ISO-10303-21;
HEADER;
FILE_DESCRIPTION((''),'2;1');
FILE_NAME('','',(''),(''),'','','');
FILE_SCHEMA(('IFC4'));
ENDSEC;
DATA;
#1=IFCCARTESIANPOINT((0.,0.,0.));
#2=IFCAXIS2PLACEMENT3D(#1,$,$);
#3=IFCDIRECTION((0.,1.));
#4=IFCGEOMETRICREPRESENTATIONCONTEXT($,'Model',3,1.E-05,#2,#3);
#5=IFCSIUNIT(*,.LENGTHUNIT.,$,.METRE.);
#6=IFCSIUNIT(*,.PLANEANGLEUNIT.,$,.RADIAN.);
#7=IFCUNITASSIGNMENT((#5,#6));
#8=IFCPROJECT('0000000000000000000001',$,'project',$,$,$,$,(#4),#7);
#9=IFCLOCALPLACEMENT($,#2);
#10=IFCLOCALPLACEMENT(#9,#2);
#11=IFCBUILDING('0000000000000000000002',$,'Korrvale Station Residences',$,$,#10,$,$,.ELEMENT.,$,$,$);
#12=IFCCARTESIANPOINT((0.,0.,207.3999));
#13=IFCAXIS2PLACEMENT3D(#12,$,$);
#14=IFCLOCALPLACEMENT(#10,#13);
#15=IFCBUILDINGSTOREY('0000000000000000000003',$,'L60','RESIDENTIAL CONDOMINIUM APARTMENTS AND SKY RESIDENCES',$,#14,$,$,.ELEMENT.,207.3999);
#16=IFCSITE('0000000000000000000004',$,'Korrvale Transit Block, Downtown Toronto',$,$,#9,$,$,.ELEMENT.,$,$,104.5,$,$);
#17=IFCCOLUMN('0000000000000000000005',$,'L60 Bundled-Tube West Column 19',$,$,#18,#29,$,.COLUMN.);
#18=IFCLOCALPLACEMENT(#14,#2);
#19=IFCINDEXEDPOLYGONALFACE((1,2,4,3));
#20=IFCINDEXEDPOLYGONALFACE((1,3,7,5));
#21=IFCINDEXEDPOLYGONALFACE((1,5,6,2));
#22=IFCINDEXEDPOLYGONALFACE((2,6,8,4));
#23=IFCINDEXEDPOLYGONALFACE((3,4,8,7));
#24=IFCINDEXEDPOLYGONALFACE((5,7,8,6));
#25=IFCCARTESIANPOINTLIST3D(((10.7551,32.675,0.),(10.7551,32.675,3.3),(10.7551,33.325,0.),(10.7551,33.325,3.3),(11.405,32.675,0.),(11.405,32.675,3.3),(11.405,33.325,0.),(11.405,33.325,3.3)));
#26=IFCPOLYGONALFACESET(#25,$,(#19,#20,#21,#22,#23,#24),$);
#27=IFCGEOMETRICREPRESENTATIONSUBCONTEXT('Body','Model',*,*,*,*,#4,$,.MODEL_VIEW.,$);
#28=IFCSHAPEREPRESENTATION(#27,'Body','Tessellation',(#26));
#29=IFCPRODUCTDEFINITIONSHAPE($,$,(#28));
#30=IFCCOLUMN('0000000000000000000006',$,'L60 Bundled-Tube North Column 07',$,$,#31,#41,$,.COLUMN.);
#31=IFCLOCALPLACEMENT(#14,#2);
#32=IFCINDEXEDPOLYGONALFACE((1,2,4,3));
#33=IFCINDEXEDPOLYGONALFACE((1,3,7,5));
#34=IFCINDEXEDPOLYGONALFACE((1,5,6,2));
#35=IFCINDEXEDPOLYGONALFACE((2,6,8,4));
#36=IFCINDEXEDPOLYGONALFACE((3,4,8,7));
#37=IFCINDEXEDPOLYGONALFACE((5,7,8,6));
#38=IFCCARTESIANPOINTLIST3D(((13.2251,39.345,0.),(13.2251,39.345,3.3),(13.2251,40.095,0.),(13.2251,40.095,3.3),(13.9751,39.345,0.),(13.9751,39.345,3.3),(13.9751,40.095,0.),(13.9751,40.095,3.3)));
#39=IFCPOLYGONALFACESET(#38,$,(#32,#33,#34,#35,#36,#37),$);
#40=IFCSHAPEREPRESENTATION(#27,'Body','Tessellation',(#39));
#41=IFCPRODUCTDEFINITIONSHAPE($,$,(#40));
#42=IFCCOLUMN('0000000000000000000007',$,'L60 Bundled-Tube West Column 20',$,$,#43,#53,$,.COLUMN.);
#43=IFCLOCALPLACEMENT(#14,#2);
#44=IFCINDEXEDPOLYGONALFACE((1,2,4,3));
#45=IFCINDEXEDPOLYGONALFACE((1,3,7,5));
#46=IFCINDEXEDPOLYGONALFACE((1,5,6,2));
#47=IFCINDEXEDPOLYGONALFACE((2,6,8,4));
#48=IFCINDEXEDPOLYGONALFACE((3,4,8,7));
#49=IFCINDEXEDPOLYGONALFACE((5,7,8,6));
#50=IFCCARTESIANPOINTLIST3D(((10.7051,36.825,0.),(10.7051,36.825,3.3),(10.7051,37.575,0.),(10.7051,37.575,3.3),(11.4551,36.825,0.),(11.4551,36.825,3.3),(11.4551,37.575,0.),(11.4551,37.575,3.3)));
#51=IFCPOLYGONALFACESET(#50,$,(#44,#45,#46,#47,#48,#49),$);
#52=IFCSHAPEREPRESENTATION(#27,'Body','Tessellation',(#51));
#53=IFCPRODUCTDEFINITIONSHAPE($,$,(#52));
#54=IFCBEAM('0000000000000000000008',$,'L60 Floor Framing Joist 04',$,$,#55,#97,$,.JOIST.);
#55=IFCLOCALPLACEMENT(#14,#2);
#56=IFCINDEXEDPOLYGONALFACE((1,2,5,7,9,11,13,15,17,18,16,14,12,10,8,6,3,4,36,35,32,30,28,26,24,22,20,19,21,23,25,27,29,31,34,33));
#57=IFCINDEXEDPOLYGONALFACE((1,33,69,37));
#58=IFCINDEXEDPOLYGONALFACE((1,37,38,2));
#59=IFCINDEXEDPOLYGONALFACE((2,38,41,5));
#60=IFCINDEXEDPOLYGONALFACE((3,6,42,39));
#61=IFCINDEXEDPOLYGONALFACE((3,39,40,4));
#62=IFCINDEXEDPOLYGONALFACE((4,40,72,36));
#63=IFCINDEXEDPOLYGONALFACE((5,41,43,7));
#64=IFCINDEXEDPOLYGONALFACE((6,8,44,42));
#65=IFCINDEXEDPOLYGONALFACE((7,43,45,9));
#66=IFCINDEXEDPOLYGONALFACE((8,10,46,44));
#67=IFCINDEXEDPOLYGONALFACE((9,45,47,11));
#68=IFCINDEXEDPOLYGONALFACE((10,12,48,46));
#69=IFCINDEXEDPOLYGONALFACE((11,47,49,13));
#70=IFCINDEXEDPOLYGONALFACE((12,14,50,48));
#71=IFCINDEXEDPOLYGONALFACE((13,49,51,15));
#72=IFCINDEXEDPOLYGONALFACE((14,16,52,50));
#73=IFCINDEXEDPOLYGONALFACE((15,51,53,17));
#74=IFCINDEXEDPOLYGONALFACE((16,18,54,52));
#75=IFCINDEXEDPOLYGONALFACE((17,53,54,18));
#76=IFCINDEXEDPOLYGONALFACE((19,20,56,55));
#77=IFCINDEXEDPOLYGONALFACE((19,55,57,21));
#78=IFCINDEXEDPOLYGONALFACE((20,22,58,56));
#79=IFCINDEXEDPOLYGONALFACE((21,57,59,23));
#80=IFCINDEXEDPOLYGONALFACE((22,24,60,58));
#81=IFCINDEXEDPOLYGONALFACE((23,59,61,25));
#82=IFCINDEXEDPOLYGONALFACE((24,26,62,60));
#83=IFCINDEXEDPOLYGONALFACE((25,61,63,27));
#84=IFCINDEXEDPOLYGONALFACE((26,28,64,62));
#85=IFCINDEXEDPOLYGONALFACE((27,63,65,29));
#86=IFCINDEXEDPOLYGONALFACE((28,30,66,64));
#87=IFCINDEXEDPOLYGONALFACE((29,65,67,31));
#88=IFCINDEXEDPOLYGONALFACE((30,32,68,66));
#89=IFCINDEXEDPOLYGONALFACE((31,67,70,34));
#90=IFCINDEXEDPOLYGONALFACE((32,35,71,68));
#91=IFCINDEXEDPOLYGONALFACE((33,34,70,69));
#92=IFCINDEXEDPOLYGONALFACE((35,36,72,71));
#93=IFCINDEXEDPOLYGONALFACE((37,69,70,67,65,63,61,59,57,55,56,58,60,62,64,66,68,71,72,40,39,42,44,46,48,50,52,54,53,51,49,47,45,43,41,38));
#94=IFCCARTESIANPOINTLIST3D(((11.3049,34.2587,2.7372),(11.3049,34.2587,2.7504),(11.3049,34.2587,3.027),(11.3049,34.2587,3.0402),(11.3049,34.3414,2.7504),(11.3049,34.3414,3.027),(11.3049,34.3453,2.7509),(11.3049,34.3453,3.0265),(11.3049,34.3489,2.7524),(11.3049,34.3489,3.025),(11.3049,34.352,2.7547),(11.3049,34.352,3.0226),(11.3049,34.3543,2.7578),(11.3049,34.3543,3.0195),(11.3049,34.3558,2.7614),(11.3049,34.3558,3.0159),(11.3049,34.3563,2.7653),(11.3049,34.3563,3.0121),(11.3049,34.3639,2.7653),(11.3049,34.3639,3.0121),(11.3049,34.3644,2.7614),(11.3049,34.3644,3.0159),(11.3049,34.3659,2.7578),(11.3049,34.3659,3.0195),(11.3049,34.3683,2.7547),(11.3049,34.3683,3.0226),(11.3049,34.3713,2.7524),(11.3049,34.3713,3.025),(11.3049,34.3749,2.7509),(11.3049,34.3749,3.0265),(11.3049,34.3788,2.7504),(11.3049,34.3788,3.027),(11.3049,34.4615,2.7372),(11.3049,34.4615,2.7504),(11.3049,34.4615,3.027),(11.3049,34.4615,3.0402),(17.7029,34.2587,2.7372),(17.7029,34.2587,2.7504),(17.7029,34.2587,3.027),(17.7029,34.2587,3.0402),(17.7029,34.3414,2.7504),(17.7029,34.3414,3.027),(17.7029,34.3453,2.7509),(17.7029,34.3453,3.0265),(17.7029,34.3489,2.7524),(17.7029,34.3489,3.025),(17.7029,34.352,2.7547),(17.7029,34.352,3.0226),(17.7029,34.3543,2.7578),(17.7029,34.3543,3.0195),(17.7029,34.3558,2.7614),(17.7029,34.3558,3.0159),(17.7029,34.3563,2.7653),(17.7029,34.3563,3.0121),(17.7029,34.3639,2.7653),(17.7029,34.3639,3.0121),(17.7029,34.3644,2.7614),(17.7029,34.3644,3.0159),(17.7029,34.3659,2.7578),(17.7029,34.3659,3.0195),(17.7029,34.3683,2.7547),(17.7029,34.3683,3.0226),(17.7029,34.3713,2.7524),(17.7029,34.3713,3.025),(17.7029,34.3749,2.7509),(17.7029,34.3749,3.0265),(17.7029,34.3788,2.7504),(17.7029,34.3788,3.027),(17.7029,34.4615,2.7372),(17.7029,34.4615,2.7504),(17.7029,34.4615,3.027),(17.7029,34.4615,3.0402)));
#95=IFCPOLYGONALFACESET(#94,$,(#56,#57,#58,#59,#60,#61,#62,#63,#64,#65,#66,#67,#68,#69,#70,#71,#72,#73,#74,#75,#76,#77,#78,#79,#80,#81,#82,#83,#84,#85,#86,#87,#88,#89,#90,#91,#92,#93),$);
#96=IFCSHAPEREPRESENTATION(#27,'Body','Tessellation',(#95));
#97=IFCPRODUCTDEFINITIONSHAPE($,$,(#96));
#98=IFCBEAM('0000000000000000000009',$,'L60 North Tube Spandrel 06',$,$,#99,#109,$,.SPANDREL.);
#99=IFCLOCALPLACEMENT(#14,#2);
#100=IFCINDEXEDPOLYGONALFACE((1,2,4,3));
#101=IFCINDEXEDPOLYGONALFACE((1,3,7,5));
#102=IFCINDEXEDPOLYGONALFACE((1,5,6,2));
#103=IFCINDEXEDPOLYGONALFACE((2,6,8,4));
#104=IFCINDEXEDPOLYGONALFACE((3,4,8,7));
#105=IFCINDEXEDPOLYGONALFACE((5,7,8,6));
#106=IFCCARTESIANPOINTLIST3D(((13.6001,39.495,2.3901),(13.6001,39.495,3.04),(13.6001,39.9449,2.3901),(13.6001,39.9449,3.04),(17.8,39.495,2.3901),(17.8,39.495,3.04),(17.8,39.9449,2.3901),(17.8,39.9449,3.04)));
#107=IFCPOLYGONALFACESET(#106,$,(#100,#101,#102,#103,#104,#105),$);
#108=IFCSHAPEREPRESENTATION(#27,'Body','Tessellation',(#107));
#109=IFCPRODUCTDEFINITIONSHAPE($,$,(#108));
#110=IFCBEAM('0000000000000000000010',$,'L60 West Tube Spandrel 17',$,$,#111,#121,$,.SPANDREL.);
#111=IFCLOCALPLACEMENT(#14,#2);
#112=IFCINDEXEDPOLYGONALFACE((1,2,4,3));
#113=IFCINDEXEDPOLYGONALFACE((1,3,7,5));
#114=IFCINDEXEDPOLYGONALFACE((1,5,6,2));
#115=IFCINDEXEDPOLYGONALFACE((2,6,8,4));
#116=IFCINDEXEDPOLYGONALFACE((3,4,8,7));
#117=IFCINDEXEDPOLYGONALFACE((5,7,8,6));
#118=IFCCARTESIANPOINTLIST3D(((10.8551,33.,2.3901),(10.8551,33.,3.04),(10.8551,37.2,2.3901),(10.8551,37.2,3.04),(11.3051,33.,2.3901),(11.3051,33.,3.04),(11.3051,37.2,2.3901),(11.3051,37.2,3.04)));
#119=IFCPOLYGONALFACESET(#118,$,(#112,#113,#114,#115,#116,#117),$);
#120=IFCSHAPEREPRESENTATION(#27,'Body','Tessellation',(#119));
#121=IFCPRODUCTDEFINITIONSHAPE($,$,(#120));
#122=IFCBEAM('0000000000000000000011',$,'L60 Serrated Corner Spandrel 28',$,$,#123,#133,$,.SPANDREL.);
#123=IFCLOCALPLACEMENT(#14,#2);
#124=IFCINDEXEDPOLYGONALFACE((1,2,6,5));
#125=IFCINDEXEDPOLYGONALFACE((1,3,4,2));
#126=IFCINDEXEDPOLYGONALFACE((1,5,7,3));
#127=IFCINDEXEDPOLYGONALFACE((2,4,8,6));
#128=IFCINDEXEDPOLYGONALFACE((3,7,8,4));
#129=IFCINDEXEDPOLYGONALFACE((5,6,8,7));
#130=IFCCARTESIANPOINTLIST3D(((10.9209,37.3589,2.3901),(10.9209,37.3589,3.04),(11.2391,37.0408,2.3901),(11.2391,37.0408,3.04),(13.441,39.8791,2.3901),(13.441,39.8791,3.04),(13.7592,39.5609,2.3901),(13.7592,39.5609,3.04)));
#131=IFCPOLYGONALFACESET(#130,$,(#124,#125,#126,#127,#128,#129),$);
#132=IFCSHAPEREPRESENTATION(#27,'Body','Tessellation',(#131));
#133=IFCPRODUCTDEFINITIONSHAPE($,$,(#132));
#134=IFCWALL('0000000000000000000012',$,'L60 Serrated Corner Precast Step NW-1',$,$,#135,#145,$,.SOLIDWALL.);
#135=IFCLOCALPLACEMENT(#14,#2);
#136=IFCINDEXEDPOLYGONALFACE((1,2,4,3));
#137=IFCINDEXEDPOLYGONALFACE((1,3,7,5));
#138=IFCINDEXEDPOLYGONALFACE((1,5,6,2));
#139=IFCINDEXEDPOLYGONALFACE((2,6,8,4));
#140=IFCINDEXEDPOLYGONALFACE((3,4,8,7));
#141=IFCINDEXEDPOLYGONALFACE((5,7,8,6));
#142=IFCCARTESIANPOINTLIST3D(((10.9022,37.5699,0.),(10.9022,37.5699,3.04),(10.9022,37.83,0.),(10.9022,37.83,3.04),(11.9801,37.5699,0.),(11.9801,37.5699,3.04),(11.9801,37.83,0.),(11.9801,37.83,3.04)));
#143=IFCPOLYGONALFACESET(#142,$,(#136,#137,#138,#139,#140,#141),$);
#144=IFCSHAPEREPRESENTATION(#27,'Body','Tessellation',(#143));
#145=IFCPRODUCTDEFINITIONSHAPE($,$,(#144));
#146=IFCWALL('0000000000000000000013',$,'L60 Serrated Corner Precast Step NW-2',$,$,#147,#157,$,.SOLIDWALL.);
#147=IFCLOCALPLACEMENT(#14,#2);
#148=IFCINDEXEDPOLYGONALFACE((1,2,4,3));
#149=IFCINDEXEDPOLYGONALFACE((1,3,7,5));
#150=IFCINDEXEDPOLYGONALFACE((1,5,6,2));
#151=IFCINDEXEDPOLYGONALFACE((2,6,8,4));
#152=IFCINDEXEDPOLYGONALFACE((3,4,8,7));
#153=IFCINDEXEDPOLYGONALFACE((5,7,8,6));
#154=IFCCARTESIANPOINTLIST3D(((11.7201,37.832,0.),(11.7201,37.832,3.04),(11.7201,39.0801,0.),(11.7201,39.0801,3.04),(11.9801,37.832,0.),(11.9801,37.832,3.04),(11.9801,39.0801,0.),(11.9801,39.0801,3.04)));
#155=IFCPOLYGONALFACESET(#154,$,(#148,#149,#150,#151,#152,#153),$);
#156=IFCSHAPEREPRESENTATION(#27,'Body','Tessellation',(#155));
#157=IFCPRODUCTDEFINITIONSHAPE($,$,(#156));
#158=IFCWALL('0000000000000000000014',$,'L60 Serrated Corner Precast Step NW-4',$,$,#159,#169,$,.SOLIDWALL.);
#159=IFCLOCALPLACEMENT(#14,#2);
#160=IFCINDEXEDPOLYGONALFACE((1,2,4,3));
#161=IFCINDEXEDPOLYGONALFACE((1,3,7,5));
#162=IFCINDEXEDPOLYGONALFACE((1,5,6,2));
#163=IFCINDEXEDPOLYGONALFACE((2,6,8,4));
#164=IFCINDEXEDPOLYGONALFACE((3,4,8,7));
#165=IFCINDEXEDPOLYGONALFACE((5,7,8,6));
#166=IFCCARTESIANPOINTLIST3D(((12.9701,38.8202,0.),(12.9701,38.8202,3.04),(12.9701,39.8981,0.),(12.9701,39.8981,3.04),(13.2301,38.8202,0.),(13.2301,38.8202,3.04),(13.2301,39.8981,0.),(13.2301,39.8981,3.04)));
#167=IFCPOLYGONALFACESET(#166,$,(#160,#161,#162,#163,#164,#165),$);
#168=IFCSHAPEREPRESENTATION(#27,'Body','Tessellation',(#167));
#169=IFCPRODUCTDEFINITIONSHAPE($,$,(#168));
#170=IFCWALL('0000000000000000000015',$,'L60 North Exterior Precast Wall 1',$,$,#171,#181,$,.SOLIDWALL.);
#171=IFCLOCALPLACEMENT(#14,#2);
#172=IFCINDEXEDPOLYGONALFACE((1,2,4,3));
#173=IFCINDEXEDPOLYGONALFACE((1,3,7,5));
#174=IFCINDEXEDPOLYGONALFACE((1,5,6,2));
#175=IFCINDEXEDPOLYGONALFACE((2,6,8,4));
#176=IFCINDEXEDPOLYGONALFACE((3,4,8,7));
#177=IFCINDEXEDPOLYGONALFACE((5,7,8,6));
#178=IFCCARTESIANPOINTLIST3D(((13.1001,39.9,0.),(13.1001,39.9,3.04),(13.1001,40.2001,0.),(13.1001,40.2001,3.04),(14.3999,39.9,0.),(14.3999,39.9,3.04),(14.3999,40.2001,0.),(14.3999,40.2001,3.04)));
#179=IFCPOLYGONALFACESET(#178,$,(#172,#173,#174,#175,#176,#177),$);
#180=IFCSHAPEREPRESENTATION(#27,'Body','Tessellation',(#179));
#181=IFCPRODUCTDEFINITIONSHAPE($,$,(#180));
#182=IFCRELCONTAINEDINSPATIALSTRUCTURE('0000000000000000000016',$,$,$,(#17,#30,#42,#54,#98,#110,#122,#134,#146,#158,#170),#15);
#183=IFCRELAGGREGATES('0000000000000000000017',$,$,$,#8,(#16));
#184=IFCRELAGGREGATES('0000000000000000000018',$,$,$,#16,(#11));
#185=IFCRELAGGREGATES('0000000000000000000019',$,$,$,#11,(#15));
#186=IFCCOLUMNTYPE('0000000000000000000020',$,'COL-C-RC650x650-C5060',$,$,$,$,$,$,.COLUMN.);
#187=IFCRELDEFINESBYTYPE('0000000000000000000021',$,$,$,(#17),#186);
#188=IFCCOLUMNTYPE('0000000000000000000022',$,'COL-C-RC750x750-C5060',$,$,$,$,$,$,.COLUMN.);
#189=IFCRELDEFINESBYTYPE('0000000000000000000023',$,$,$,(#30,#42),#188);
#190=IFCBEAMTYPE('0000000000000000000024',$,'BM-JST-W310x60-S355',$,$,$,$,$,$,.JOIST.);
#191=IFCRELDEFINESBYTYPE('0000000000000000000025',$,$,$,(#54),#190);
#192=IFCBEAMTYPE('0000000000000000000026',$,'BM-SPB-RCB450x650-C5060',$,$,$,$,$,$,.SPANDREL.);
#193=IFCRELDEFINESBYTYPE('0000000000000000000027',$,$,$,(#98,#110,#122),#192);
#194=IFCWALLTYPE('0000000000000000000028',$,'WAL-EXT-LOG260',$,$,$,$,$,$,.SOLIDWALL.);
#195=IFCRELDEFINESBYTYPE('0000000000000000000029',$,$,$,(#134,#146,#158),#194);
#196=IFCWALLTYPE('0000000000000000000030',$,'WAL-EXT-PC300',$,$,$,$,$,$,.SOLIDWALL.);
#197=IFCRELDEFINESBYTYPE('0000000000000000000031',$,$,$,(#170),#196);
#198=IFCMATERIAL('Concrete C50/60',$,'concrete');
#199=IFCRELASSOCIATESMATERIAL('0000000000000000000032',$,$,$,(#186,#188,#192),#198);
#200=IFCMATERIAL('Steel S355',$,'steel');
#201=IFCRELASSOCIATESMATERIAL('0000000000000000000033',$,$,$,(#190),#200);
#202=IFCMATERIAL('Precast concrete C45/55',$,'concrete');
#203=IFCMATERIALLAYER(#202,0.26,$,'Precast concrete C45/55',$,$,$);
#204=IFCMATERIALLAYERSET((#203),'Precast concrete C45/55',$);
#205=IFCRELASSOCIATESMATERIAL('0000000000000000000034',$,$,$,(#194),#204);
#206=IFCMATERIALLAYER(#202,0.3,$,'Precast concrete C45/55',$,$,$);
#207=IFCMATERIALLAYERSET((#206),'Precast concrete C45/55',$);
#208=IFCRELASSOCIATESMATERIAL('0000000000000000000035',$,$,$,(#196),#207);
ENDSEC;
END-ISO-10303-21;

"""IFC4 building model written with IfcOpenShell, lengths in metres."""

from ifc_helpers import new_model, si_unit, direction, frame, frame_2d, origin, origin_2d, place, context, subcontext, project, spatial, rectangle, i_section, extrude, material, layer, layer_set, material_profile, profile_set, type_object, element, save


model = new_model("IFC4")

# Units and contexts
model_context = context("Model", 3, precision=1e-05, world=origin(), true_north=direction((0.0, 1.0)))
body_context = subcontext(model_context, "Body", "Model", "MODEL_VIEW")
ifc_project = project(units=[si_unit("LENGTHUNIT", "METRE"), si_unit("PLANEANGLEUNIT", "RADIAN")], contexts=[model_context])

# Site, building, storey
site_placement = place(None, origin())
site = spatial("IfcSite", under=ifc_project, at=site_placement, Name="Korrvale Transit Block, Downtown Toronto", CompositionType="ELEMENT", RefElevation=104.5)
building_placement = place(site_placement, origin())
building = spatial("IfcBuilding", under=site, at=building_placement, Name="Korrvale Station Residences", CompositionType="ELEMENT")
storey_placement = place(building_placement, frame((0.0, 0.0, 207.3999)))
storey = spatial("IfcBuildingStorey", under=building, at=storey_placement, Name="L60", Description="RESIDENTIAL CONDOMINIUM APARTMENTS AND SKY RESIDENCES", CompositionType="ELEMENT", Elevation=207.3999)

# Columns
ifc_material_1 = material(Name="Concrete C50/60", Category="concrete")
ifc_material_profile_1 = material_profile(ifc_material_1, rectangle(XDim=0.6499, YDim=0.6499, at=origin_2d()), Name="RC650x650")
ifc_profile_set_1 = profile_set([ifc_material_profile_1], Name="Concrete C50/60")
column_type_1 = type_object("IfcColumnType", Name="COL-C-RC650x650-C5060", PredefinedType="COLUMN", material=ifc_profile_set_1)
column_placement = place(storey_placement, frame((11.0801, 33.0, 0.0), z_axis=(0.0, 0.0, 1.0), x_axis=(1.0, 0.0, 0.0)))
element("IfcColumn", 1, at=column_placement, inside=storey, type_object=column_type_1, Name="L60 Bundled-Tube West Column 19", PredefinedType="COLUMN", context=body_context, shape_type="SweptSolid", body=[
    extrude(rectangle(XDim=0.6499, YDim=0.6499, at=origin_2d()), origin(), (0.0, 0.0, 1.0), 3.3),
])
ifc_material_profile_2 = material_profile(ifc_material_1, rectangle(XDim=0.75, YDim=0.75, at=origin_2d()), Name="RC750x750")
ifc_profile_set_2 = profile_set([ifc_material_profile_2], Name="Concrete C50/60")
column_type_2 = type_object("IfcColumnType", Name="COL-C-RC750x750-C5060", PredefinedType="COLUMN", material=ifc_profile_set_2)
for number, where, z_axis, x_axis, name in (
    (2, (13.6001, 39.72, 0.0), (0.0, 0.0, 1.0), (1.0, 0.0, 0.0), "L60 Bundled-Tube North Column 07"),
    (3, (11.0801, 37.2, 0.0), (0.0, 0.0, 1.0), (1.0, 0.0, 0.0), "L60 Bundled-Tube West Column 20"),
):
    element("IfcColumn", number, at=place(storey_placement, frame(where, z_axis=z_axis, x_axis=x_axis)), inside=storey, type_object=column_type_2, Name=name, PredefinedType="COLUMN", context=body_context, shape_type="SweptSolid", body=[
        extrude(rectangle(XDim=0.75, YDim=0.75, at=origin_2d()), origin(), (0.0, 0.0, 1.0), 3.3),
    ])

# Beams
ifc_material_2 = material(Name="Steel S355", Category="steel")
ifc_material_profile_3 = material_profile(ifc_material_2, i_section(OverallWidth=0.2029, OverallDepth=0.303, WebThickness=0.0076, FlangeThickness=0.0132, FilletRadius=0.0149, at=origin_2d()), Name="W310x60")
ifc_profile_set_3 = profile_set([ifc_material_profile_3], Name="Steel S355")
beam_type_1 = type_object("IfcBeamType", Name="BM-JST-W310x60-S355", PredefinedType="JOIST", material=ifc_profile_set_3)
beam_1_placement = place(storey_placement, frame((11.3049, 34.3601, 2.8887), z_axis=(1.0, 0.0, 0.0), x_axis=(0.0, 1.0, 0.0)))
element("IfcBeam", 4, at=beam_1_placement, inside=storey, type_object=beam_type_1, Name="L60 Floor Framing Joist 04", PredefinedType="JOIST", context=body_context, shape_type="SweptSolid", body=[
    extrude(i_section(OverallWidth=0.2029, OverallDepth=0.303, WebThickness=0.0076, FlangeThickness=0.0132, FilletRadius=0.0149, at=origin_2d()), origin(), (0.0, 0.0, 1.0), 6.3979),
])
ifc_material_profile_4 = material_profile(ifc_material_1, rectangle(XDim=0.45, YDim=0.6499, at=origin_2d()), Name="RCB450x650")
ifc_profile_set_4 = profile_set([ifc_material_profile_4], Name="Concrete C50/60")
beam_type_2 = type_object("IfcBeamType", Name="BM-SPB-RCB450x650-C5060", PredefinedType="SPANDREL", material=ifc_profile_set_4)
for number, where, z_axis, x_axis, name in (
    (5, (13.6001, 39.72, 2.7151), (1.0, 0.0, 0.0), (0.0, 1.0, 0.0), "L60 North Tube Spandrel 06"),
    (6, (11.0801, 33.0, 2.7151), (0.0, 1.0, 0.0), (-1.0, 0.0, 0.0), "L60 West Tube Spandrel 17"),
):
    element("IfcBeam", number, at=place(storey_placement, frame(where, z_axis=z_axis, x_axis=x_axis)), inside=storey, type_object=beam_type_2, Name=name, PredefinedType="SPANDREL", context=body_context, shape_type="SweptSolid", body=[
        extrude(rectangle(XDim=0.45, YDim=0.6499, at=origin_2d()), origin(), (0.0, 0.0, 1.0), 4.2),
    ])
beam_2_placement = place(storey_placement, frame((13.6001, 39.72, 2.7151), z_axis=(-0.707107, -0.707107, 0.0), x_axis=(0.707107, -0.707107, 0.0)))
element("IfcBeam", 7, at=beam_2_placement, inside=storey, type_object=beam_type_2, Name="L60 Serrated Corner Spandrel 28", PredefinedType="SPANDREL", context=body_context, shape_type="SweptSolid", body=[
    extrude(rectangle(XDim=0.45, YDim=0.6499, at=origin_2d()), origin(), (0.0, 0.0, 1.0), 3.564),
])

# Walls
ifc_material_3 = material(Name="Precast concrete C45/55", Category="concrete")
ifc_layer_1 = layer(ifc_material_3, 0.26, Name="Precast concrete C45/55")
ifc_layer_set_1 = layer_set([ifc_layer_1], Name="Precast concrete C45/55")
wall_type_1 = type_object("IfcWallType", Name="WAL-EXT-LOG260", PredefinedType="SOLIDWALL", material=ifc_layer_set_1)
wall_1_placement = place(storey_placement, frame((10.9021, 37.7, 0.0), z_axis=(0.0, 0.0, 1.0), x_axis=(1.0, 0.0, 0.0)))
element("IfcWall", 8, at=wall_1_placement, inside=storey, type_object=wall_type_1, Name="L60 Serrated Corner Precast Step NW-1", PredefinedType="SOLIDWALL", context=body_context, shape_type="SweptSolid", body=[
    extrude(rectangle(XDim=1.0779, YDim=0.26, at=frame_2d((0.5391, 0.0))), origin(), (0.0, 0.0, 1.0), 3.04),
])
wall_2_placement = place(storey_placement, frame((11.8501, 37.832, 0.0), z_axis=(0.0, 0.0, 1.0), x_axis=(0.0, 1.0, 0.0)))
element("IfcWall", 9, at=wall_2_placement, inside=storey, type_object=wall_type_1, Name="L60 Serrated Corner Precast Step NW-2", PredefinedType="SOLIDWALL", context=body_context, shape_type="SweptSolid", body=[
    extrude(rectangle(XDim=1.248, YDim=0.26, at=frame_2d((0.624, 0.0))), origin(), (0.0, 0.0, 1.0), 3.04),
])
wall_3_placement = place(storey_placement, frame((13.1001, 38.8201, 0.0), z_axis=(0.0, 0.0, 1.0), x_axis=(0.0, 1.0, 0.0)))
element("IfcWall", 10, at=wall_3_placement, inside=storey, type_object=wall_type_1, Name="L60 Serrated Corner Precast Step NW-4", PredefinedType="SOLIDWALL", context=body_context, shape_type="SweptSolid", body=[
    extrude(rectangle(XDim=1.0779, YDim=0.26, at=frame_2d((0.5391, 0.0))), origin(), (0.0, 0.0, 1.0), 3.04),
])
ifc_layer_2 = layer(ifc_material_3, 0.3, Name="Precast concrete C45/55")
ifc_layer_set_2 = layer_set([ifc_layer_2], Name="Precast concrete C45/55")
wall_type_2 = type_object("IfcWallType", Name="WAL-EXT-PC300", PredefinedType="SOLIDWALL", material=ifc_layer_set_2)
wall_4_placement = place(storey_placement, frame((13.1001, 40.05, 0.0), z_axis=(0.0, 0.0, 1.0), x_axis=(1.0, 0.0, 0.0)))
element("IfcWall", 11, at=wall_4_placement, inside=storey, type_object=wall_type_2, Name="L60 North Exterior Precast Wall 1", PredefinedType="SOLIDWALL", context=body_context, shape_type="SweptSolid", body=[
    extrude(rectangle(XDim=1.2998, YDim=0.3, at=frame_2d((0.6499, 0.0))), origin(), (0.0, 0.0, 1.0), 3.04),
])

save(model, "model.ifc")
